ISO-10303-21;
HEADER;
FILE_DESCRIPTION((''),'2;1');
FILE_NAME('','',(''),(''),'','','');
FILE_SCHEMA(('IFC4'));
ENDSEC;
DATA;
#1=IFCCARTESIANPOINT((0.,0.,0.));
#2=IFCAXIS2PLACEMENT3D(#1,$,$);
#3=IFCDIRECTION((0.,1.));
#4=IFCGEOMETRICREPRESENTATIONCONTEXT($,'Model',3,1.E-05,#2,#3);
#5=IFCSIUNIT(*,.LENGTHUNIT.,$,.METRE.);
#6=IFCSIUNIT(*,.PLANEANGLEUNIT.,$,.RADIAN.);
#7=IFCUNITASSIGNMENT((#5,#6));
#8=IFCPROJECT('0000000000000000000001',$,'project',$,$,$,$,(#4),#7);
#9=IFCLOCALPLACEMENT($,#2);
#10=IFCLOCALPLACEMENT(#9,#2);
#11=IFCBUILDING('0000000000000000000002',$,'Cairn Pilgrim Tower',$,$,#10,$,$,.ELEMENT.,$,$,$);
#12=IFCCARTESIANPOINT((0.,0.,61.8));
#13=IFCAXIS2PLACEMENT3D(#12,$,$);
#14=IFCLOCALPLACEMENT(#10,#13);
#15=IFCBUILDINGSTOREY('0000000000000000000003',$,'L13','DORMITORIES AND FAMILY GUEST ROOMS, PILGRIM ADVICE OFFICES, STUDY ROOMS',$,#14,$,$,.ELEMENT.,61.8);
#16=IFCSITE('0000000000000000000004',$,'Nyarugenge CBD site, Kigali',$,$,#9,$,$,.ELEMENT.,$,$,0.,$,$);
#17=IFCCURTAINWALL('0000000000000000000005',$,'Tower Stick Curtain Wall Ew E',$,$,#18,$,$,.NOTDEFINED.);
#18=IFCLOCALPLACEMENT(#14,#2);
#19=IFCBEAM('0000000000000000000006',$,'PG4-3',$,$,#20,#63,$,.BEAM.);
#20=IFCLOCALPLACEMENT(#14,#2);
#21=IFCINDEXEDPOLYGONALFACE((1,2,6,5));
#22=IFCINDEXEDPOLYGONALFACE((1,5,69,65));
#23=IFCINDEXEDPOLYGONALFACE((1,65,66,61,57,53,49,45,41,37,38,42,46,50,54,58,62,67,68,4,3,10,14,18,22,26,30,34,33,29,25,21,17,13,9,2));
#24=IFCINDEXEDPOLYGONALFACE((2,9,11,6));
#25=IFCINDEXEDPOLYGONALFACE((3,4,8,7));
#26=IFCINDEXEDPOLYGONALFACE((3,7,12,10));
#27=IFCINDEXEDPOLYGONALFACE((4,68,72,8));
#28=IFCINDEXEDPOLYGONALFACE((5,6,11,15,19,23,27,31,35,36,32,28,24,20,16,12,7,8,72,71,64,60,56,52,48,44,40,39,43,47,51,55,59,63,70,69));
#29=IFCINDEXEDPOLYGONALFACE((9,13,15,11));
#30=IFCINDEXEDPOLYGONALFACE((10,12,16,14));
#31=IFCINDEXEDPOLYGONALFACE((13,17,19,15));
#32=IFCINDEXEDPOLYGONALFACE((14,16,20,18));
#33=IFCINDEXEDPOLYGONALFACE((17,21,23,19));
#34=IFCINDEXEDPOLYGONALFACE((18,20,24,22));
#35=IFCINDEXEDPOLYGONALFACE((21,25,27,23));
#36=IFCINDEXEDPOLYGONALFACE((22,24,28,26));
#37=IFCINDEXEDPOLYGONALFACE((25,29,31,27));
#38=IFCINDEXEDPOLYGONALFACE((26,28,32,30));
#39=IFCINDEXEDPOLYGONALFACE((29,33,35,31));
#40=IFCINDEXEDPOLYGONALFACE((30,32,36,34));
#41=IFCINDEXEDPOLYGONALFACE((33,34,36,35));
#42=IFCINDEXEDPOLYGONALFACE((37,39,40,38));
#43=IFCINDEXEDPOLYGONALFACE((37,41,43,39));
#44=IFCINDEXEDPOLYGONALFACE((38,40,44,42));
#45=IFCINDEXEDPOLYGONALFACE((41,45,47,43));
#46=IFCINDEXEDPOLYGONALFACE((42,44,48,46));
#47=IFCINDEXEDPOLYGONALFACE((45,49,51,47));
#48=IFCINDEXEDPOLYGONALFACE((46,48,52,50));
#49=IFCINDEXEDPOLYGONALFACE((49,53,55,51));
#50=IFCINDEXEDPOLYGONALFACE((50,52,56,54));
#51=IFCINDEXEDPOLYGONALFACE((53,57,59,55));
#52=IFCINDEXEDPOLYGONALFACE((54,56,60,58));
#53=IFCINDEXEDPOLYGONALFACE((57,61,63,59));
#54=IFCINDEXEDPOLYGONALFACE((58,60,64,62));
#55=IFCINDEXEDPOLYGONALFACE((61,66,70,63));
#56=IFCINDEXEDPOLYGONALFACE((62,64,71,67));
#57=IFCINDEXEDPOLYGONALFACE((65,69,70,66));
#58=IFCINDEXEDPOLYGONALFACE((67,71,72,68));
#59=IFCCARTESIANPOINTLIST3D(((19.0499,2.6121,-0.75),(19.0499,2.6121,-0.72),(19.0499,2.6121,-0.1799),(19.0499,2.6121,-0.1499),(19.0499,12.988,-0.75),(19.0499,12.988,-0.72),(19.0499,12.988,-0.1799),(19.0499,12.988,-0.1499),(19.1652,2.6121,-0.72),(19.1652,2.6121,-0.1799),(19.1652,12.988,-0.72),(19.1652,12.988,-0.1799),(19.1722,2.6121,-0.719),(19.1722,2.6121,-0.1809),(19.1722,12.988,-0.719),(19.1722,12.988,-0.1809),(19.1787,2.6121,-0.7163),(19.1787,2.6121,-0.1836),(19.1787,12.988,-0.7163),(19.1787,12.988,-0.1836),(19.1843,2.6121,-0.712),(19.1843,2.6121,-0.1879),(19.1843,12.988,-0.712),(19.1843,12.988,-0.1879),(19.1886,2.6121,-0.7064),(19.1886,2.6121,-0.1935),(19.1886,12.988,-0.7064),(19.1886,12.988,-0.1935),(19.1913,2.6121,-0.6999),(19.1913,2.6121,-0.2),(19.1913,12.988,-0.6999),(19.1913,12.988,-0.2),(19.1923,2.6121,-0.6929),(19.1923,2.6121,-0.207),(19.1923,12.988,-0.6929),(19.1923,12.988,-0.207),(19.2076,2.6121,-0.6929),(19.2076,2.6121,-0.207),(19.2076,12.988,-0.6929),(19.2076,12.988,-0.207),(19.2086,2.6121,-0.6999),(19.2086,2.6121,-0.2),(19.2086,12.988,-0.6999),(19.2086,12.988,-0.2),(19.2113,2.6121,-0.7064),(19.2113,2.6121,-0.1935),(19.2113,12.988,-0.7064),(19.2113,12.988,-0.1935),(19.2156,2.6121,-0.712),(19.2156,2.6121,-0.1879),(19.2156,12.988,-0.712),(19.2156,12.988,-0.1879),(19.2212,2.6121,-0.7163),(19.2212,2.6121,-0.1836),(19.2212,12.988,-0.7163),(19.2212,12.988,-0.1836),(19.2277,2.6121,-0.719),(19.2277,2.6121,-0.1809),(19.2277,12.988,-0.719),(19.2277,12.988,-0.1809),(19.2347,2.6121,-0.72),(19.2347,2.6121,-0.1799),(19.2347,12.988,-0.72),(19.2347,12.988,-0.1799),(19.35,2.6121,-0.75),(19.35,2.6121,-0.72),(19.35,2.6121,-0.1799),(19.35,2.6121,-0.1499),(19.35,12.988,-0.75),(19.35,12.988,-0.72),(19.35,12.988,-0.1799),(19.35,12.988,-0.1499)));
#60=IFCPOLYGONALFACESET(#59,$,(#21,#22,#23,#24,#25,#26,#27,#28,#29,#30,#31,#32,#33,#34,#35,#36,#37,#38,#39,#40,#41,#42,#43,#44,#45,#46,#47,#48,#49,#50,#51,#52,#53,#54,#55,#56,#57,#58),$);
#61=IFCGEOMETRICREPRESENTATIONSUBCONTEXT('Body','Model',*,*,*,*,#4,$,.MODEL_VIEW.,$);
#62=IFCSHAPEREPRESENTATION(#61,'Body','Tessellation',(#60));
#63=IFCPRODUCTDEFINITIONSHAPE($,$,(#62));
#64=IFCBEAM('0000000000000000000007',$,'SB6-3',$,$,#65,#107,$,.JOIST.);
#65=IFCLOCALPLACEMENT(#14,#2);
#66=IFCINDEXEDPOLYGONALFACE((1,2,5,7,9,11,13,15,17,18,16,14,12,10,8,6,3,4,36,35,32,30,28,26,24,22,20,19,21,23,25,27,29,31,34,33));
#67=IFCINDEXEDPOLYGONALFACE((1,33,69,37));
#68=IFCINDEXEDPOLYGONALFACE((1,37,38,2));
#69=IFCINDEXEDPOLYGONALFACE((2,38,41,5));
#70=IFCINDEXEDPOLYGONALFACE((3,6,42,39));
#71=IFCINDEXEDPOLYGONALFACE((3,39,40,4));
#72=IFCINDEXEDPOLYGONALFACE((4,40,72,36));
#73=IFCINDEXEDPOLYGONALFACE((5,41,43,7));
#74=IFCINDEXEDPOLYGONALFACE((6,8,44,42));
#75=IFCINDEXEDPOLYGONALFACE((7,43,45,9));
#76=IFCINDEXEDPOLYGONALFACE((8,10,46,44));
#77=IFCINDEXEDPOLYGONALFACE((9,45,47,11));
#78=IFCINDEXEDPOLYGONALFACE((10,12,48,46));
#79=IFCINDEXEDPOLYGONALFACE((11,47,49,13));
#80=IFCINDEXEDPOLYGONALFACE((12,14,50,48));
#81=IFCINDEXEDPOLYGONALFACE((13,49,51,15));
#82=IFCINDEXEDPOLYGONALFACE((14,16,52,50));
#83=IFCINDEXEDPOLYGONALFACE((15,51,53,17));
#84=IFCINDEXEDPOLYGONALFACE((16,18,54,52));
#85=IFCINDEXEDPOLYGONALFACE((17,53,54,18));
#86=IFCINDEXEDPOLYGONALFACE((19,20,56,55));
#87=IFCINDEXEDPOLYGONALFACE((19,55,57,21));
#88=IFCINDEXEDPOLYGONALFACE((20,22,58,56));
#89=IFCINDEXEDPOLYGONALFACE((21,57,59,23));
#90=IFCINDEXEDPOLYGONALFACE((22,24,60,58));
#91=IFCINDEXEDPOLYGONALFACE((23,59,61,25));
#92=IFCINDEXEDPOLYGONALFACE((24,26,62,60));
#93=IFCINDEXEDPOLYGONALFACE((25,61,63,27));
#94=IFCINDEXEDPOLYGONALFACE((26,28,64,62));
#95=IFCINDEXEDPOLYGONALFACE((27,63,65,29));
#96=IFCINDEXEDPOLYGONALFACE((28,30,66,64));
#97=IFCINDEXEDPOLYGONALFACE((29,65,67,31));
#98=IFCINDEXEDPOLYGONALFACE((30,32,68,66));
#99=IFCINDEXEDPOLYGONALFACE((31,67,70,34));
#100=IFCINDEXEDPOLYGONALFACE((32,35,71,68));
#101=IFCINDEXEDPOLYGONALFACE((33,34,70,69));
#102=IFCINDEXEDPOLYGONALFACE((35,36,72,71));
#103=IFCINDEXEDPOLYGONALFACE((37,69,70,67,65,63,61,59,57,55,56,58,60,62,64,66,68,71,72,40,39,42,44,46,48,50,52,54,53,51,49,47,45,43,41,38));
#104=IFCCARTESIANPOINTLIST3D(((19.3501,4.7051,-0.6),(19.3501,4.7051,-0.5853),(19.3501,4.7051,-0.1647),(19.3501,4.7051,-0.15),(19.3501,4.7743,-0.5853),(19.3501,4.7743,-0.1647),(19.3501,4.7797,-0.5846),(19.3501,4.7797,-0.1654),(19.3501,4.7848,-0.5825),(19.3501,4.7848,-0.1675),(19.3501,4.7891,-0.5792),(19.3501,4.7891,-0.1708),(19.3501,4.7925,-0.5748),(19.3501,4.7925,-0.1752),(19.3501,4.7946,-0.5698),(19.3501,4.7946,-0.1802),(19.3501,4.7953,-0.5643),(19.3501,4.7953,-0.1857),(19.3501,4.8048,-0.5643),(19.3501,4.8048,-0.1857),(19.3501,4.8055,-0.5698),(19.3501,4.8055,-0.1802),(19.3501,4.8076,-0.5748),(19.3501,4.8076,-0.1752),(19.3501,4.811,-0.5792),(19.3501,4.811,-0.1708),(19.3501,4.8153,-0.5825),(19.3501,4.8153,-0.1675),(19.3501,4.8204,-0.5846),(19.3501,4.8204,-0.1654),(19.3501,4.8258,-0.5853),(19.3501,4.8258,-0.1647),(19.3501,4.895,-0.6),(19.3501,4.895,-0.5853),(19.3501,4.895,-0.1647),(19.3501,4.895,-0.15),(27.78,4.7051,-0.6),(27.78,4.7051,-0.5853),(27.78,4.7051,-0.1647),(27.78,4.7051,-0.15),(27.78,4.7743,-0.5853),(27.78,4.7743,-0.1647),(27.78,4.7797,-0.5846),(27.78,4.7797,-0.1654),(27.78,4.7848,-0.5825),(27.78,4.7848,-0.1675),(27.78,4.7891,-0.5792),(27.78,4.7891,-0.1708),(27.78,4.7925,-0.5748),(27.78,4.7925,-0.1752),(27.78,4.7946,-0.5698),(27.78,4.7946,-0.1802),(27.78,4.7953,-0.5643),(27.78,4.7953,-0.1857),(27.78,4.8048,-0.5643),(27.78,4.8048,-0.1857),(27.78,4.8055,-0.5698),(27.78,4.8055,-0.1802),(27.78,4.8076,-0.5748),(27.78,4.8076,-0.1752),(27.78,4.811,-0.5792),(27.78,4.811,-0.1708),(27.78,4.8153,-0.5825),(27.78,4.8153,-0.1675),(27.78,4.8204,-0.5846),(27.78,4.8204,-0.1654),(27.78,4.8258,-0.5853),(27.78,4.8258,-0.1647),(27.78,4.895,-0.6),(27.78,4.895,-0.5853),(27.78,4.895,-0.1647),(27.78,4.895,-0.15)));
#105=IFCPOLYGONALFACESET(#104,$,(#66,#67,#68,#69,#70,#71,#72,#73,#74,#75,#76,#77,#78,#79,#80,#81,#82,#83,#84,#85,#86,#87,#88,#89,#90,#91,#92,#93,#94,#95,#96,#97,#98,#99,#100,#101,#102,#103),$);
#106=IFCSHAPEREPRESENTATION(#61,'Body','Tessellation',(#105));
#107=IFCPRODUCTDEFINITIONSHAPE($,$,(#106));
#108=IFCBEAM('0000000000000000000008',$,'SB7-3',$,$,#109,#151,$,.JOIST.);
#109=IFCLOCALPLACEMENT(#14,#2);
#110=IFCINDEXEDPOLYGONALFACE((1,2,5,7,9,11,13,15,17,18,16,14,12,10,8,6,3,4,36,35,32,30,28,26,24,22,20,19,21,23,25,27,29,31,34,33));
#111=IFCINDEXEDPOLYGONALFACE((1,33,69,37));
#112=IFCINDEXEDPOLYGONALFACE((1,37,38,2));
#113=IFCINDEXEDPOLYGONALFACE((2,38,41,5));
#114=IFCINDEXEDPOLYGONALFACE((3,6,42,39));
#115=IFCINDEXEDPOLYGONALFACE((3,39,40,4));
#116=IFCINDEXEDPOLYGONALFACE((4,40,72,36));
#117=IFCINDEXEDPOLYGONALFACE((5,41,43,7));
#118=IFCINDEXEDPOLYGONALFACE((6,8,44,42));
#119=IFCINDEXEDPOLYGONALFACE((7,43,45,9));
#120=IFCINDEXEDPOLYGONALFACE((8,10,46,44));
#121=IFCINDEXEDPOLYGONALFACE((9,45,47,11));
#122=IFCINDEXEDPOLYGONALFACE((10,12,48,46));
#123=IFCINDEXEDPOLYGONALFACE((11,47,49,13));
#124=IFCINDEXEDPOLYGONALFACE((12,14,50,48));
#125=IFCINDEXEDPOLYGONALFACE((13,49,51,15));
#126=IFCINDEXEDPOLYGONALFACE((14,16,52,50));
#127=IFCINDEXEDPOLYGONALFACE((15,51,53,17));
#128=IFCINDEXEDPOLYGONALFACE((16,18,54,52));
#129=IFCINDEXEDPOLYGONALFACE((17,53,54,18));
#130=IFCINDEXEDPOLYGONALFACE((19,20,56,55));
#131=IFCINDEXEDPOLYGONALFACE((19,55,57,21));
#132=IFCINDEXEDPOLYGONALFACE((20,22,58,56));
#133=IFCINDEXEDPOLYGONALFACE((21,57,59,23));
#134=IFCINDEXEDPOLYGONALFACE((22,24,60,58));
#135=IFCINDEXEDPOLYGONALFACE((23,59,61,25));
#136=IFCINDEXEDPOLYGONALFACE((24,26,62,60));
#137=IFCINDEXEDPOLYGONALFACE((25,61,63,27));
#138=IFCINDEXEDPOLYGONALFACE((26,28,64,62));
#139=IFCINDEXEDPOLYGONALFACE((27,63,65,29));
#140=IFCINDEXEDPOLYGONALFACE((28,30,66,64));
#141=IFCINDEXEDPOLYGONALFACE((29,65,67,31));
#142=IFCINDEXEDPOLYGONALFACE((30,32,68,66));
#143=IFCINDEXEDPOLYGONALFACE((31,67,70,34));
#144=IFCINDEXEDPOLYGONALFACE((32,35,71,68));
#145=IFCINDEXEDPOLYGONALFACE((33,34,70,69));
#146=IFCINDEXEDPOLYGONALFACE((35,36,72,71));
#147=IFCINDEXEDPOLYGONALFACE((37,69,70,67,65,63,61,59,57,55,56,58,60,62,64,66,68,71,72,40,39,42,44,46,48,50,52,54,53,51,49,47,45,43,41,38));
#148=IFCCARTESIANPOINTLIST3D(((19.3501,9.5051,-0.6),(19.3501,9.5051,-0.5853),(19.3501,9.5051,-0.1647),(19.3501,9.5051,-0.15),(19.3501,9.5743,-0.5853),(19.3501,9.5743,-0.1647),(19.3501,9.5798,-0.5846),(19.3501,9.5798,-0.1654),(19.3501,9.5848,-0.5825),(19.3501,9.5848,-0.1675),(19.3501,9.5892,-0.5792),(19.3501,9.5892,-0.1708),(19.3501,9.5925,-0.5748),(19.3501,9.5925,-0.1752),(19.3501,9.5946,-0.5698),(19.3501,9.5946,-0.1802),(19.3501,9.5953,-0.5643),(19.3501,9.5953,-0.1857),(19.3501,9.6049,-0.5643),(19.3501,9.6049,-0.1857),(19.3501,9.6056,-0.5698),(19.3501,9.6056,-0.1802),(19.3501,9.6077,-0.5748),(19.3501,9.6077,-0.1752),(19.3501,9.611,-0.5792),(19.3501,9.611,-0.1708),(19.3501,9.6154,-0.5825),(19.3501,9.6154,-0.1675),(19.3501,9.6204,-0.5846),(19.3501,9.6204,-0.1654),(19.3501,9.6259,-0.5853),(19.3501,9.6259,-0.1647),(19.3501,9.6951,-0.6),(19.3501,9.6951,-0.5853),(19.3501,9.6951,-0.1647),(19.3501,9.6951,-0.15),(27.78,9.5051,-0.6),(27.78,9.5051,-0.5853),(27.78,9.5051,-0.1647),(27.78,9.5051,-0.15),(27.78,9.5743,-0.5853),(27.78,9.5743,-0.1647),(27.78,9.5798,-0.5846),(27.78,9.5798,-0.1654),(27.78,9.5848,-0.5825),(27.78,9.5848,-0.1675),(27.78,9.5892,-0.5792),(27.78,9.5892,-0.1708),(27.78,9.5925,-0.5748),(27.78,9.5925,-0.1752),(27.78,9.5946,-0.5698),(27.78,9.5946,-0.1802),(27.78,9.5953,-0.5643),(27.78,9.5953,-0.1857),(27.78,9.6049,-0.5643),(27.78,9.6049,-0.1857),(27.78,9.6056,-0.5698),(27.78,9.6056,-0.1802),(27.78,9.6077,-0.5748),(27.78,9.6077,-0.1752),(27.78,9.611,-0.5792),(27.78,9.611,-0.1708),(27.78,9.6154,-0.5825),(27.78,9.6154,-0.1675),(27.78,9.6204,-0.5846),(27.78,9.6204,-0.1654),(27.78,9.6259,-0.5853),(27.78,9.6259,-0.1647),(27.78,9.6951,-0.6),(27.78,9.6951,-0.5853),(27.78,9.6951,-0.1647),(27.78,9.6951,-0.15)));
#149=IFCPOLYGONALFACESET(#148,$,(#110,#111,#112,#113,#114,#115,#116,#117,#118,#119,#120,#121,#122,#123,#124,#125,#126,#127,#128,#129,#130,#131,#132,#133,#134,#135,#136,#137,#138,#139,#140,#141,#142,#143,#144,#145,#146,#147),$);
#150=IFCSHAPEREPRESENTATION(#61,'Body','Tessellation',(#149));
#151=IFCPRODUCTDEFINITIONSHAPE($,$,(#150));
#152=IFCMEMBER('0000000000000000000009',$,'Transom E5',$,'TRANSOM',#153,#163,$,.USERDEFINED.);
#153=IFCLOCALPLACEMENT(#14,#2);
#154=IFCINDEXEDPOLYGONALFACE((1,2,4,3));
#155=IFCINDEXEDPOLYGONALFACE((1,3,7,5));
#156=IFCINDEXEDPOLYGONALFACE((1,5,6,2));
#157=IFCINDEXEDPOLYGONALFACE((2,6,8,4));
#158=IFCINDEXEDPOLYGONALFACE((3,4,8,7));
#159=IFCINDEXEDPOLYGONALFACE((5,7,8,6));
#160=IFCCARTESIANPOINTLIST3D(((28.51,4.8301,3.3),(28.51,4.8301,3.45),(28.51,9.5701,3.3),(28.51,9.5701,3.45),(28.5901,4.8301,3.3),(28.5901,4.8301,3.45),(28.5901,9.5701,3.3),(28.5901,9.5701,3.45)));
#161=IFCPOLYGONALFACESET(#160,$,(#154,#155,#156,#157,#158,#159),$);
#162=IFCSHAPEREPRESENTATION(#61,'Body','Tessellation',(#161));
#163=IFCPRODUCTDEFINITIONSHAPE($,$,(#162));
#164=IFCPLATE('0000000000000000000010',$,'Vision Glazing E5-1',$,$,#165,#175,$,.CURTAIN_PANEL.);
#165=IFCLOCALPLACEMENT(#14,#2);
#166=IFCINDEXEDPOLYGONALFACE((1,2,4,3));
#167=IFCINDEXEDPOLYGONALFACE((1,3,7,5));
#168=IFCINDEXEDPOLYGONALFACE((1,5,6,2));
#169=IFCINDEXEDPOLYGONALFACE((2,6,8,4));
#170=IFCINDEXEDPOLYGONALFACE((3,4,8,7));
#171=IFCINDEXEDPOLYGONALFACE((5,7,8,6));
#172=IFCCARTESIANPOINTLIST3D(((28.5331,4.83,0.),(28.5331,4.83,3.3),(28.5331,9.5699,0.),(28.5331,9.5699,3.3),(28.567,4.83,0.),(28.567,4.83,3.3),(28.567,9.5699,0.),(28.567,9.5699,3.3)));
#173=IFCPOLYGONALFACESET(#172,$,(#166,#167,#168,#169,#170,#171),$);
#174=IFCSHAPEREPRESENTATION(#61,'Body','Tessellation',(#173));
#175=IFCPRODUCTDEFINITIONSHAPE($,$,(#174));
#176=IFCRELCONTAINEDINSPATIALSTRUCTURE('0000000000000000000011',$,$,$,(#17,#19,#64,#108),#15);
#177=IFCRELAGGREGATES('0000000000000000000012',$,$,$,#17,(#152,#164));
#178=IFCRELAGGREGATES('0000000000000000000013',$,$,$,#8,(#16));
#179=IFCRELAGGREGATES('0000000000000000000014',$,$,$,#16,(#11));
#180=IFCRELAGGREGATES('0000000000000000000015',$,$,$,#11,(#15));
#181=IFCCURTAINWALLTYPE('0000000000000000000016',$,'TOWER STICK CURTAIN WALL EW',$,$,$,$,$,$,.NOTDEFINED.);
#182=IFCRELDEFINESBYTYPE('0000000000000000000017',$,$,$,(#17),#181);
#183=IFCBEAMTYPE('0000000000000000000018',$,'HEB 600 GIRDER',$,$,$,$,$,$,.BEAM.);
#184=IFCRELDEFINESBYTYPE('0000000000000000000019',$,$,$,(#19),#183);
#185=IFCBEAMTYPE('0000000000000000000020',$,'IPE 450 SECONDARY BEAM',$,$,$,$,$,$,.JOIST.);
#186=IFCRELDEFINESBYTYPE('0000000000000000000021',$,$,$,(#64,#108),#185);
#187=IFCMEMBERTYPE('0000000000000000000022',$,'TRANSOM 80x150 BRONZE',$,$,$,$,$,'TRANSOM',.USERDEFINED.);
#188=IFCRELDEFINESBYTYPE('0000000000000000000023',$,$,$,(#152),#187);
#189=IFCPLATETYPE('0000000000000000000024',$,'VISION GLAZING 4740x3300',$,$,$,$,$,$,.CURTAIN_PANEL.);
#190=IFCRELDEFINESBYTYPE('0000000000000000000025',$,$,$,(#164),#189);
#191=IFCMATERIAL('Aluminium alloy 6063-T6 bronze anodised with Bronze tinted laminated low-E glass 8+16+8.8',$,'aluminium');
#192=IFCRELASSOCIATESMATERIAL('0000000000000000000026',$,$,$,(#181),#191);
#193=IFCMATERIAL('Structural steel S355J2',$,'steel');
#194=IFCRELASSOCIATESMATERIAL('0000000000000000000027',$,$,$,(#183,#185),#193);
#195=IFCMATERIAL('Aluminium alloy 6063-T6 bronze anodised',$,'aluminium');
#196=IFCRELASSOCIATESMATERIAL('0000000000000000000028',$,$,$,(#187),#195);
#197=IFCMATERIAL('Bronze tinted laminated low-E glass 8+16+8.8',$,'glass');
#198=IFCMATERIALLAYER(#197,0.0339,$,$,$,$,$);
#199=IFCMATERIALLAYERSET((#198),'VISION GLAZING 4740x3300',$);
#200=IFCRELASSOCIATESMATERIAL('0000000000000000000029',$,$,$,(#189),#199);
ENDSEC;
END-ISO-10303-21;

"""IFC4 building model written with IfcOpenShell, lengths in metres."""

from ifc_helpers import new_model, si_unit, direction, frame, origin, origin_2d, place, context, subcontext, project, spatial, rectangle, i_section, extrude, material, layer, layer_set, material_profile, profile_set, type_object, element, aggregate, save


model = new_model("IFC4")

# Units and contexts
model_context = context("Model", 3, precision=1e-05, world=origin(), true_north=direction((0.0, 1.0)))
body_context = subcontext(model_context, "Body", "Model", "MODEL_VIEW")
ifc_project = project(units=[si_unit("LENGTHUNIT", "METRE"), si_unit("PLANEANGLEUNIT", "RADIAN")], contexts=[model_context])

# Site, building, storey
site_placement = place(None, origin())
site = spatial("IfcSite", under=ifc_project, at=site_placement, Name="Nyarugenge CBD site, Kigali", CompositionType="ELEMENT", RefElevation=0.0)
building_placement = place(site_placement, origin())
building = spatial("IfcBuilding", under=site, at=building_placement, Name="Cairn Pilgrim Tower", CompositionType="ELEMENT")
storey_placement = place(building_placement, frame((0.0, 0.0, 61.8)))
storey = spatial("IfcBuildingStorey", under=building, at=storey_placement, Name="L13", Description="DORMITORIES AND FAMILY GUEST ROOMS, PILGRIM ADVICE OFFICES, STUDY ROOMS", CompositionType="ELEMENT", Elevation=61.8)

# Curtain wall
ifc_material_1 = material(Name="Aluminium alloy 6063-T6 bronze anodised with Bronze tinted laminated low-E glass 8+16+8.8", Category="aluminium")
curtain_wall_type = type_object("IfcCurtainWallType", Name="TOWER STICK CURTAIN WALL EW", PredefinedType="NOTDEFINED", material=ifc_material_1)
curtain_wall_placement = place(storey_placement, origin())
curtain_wall = element("IfcCurtainWall", 1, at=curtain_wall_placement, inside=storey, type_object=curtain_wall_type, Name="Tower Stick Curtain Wall Ew E", PredefinedType="NOTDEFINED")
ifc_material_2 = material(Name="Aluminium alloy 6063-T6 bronze anodised", Category="aluminium")

# Beams
ifc_material_3 = material(Name="Structural steel S355J2", Category="steel")
ifc_material_profile_1 = material_profile(ifc_material_3, i_section(OverallWidth=0.3, OverallDepth=0.6001, WebThickness=0.0154, FlangeThickness=0.03, FilletRadius=0.0271, at=origin_2d()), Name="HEB 600")
ifc_profile_set_1 = profile_set([ifc_material_profile_1], Name="Structural steel S355J2")
beam_type_1 = type_object("IfcBeamType", Name="HEB 600 GIRDER", PredefinedType="BEAM", material=ifc_profile_set_1)
beam_1_placement = place(storey_placement, frame((19.2, 2.6121, -0.45), z_axis=(0.0, 1.0, 0.0), x_axis=(-1.0, 0.0, 0.0)))
element("IfcBeam", 2, at=beam_1_placement, inside=storey, type_object=beam_type_1, Name="PG4-3", PredefinedType="BEAM", context=body_context, shape_type="SweptSolid", body=[
    extrude(i_section(OverallWidth=0.3, OverallDepth=0.6001, WebThickness=0.0154, FlangeThickness=0.03, FilletRadius=0.0271, at=origin_2d()), origin(), (0.0, 0.0, 1.0), 10.376),
])
ifc_material_profile_2 = material_profile(ifc_material_3, i_section(OverallWidth=0.1899, OverallDepth=0.45, WebThickness=0.0095, FlangeThickness=0.0146, FilletRadius=0.021, at=origin_2d()), Name="IPE 450")
ifc_profile_set_2 = profile_set([ifc_material_profile_2], Name="Structural steel S355J2")
beam_type_2 = type_object("IfcBeamType", Name="IPE 450 SECONDARY BEAM", PredefinedType="JOIST", material=ifc_profile_set_2)
for number, where, z_axis, x_axis, name in (
    (3, (19.3501, 4.8, -0.375), (1.0, 0.0, 0.0), (0.0, 1.0, 0.0), "SB6-3"),
    (4, (19.3501, 9.6001, -0.375), (1.0, 0.0, 0.0), (0.0, 1.0, 0.0), "SB7-3"),
):
    element("IfcBeam", number, at=place(storey_placement, frame(where, z_axis=z_axis, x_axis=x_axis)), inside=storey, type_object=beam_type_2, Name=name, PredefinedType="JOIST", context=body_context, shape_type="SweptSolid", body=[
        extrude(i_section(OverallWidth=0.1899, OverallDepth=0.45, WebThickness=0.0095, FlangeThickness=0.0146, FilletRadius=0.021, at=origin_2d()), origin(), (0.0, 0.0, 1.0), 8.4299),
    ])

# Member
ifc_material_profile_3 = material_profile(ifc_material_2, rectangle(XDim=0.0801, YDim=0.1499, at=origin_2d()), Name="TRANSOM 80x150 BRONZE")
ifc_profile_set_3 = profile_set([ifc_material_profile_3], Name="Aluminium alloy 6063-T6 bronze anodised")
member_type_1 = type_object("IfcMemberType", Name="TRANSOM 80x150 BRONZE", ElementType="TRANSOM", PredefinedType="USERDEFINED", material=ifc_profile_set_3)
member_1_placement = place(storey_placement, frame((28.55, 4.8301, 3.375), z_axis=(0.0, 1.0, 0.0), x_axis=(-1.0, 0.0, 0.0)))
member_1 = element("IfcMember", 5, at=member_1_placement, type_object=member_type_1, Name="Transom E5", ObjectType="TRANSOM", PredefinedType="USERDEFINED", context=body_context, shape_type="SweptSolid", body=[
    extrude(rectangle(XDim=0.0801, YDim=0.1499, at=origin_2d()), origin(), (0.0, 0.0, 1.0), 4.74),
])

# Plate
ifc_material_4 = material(Name="Bronze tinted laminated low-E glass 8+16+8.8", Category="glass")
ifc_layer_1 = layer(ifc_material_4, 0.0339)
ifc_layer_set_1 = layer_set([ifc_layer_1], Name="VISION GLAZING 4740x3300")
plate_type = type_object("IfcPlateType", Name="VISION GLAZING 4740x3300", PredefinedType="CURTAIN_PANEL", material=ifc_layer_set_1)
plate_placement = place(storey_placement, frame((28.55, 7.2, 0.0), z_axis=(0.0, 0.0, 1.0), x_axis=(0.0, 1.0, 0.0)))
plate = element("IfcPlate", 6, at=plate_placement, type_object=plate_type, Name="Vision Glazing E5-1", PredefinedType="CURTAIN_PANEL", context=body_context, shape_type="SweptSolid", body=[
    extrude(rectangle(XDim=4.74, YDim=0.0339, at=origin_2d()), origin(), (0.0, 0.0, 1.0), 3.3),
])
aggregate(curtain_wall, [member_1, plate])

save(model, "model.ifc")
